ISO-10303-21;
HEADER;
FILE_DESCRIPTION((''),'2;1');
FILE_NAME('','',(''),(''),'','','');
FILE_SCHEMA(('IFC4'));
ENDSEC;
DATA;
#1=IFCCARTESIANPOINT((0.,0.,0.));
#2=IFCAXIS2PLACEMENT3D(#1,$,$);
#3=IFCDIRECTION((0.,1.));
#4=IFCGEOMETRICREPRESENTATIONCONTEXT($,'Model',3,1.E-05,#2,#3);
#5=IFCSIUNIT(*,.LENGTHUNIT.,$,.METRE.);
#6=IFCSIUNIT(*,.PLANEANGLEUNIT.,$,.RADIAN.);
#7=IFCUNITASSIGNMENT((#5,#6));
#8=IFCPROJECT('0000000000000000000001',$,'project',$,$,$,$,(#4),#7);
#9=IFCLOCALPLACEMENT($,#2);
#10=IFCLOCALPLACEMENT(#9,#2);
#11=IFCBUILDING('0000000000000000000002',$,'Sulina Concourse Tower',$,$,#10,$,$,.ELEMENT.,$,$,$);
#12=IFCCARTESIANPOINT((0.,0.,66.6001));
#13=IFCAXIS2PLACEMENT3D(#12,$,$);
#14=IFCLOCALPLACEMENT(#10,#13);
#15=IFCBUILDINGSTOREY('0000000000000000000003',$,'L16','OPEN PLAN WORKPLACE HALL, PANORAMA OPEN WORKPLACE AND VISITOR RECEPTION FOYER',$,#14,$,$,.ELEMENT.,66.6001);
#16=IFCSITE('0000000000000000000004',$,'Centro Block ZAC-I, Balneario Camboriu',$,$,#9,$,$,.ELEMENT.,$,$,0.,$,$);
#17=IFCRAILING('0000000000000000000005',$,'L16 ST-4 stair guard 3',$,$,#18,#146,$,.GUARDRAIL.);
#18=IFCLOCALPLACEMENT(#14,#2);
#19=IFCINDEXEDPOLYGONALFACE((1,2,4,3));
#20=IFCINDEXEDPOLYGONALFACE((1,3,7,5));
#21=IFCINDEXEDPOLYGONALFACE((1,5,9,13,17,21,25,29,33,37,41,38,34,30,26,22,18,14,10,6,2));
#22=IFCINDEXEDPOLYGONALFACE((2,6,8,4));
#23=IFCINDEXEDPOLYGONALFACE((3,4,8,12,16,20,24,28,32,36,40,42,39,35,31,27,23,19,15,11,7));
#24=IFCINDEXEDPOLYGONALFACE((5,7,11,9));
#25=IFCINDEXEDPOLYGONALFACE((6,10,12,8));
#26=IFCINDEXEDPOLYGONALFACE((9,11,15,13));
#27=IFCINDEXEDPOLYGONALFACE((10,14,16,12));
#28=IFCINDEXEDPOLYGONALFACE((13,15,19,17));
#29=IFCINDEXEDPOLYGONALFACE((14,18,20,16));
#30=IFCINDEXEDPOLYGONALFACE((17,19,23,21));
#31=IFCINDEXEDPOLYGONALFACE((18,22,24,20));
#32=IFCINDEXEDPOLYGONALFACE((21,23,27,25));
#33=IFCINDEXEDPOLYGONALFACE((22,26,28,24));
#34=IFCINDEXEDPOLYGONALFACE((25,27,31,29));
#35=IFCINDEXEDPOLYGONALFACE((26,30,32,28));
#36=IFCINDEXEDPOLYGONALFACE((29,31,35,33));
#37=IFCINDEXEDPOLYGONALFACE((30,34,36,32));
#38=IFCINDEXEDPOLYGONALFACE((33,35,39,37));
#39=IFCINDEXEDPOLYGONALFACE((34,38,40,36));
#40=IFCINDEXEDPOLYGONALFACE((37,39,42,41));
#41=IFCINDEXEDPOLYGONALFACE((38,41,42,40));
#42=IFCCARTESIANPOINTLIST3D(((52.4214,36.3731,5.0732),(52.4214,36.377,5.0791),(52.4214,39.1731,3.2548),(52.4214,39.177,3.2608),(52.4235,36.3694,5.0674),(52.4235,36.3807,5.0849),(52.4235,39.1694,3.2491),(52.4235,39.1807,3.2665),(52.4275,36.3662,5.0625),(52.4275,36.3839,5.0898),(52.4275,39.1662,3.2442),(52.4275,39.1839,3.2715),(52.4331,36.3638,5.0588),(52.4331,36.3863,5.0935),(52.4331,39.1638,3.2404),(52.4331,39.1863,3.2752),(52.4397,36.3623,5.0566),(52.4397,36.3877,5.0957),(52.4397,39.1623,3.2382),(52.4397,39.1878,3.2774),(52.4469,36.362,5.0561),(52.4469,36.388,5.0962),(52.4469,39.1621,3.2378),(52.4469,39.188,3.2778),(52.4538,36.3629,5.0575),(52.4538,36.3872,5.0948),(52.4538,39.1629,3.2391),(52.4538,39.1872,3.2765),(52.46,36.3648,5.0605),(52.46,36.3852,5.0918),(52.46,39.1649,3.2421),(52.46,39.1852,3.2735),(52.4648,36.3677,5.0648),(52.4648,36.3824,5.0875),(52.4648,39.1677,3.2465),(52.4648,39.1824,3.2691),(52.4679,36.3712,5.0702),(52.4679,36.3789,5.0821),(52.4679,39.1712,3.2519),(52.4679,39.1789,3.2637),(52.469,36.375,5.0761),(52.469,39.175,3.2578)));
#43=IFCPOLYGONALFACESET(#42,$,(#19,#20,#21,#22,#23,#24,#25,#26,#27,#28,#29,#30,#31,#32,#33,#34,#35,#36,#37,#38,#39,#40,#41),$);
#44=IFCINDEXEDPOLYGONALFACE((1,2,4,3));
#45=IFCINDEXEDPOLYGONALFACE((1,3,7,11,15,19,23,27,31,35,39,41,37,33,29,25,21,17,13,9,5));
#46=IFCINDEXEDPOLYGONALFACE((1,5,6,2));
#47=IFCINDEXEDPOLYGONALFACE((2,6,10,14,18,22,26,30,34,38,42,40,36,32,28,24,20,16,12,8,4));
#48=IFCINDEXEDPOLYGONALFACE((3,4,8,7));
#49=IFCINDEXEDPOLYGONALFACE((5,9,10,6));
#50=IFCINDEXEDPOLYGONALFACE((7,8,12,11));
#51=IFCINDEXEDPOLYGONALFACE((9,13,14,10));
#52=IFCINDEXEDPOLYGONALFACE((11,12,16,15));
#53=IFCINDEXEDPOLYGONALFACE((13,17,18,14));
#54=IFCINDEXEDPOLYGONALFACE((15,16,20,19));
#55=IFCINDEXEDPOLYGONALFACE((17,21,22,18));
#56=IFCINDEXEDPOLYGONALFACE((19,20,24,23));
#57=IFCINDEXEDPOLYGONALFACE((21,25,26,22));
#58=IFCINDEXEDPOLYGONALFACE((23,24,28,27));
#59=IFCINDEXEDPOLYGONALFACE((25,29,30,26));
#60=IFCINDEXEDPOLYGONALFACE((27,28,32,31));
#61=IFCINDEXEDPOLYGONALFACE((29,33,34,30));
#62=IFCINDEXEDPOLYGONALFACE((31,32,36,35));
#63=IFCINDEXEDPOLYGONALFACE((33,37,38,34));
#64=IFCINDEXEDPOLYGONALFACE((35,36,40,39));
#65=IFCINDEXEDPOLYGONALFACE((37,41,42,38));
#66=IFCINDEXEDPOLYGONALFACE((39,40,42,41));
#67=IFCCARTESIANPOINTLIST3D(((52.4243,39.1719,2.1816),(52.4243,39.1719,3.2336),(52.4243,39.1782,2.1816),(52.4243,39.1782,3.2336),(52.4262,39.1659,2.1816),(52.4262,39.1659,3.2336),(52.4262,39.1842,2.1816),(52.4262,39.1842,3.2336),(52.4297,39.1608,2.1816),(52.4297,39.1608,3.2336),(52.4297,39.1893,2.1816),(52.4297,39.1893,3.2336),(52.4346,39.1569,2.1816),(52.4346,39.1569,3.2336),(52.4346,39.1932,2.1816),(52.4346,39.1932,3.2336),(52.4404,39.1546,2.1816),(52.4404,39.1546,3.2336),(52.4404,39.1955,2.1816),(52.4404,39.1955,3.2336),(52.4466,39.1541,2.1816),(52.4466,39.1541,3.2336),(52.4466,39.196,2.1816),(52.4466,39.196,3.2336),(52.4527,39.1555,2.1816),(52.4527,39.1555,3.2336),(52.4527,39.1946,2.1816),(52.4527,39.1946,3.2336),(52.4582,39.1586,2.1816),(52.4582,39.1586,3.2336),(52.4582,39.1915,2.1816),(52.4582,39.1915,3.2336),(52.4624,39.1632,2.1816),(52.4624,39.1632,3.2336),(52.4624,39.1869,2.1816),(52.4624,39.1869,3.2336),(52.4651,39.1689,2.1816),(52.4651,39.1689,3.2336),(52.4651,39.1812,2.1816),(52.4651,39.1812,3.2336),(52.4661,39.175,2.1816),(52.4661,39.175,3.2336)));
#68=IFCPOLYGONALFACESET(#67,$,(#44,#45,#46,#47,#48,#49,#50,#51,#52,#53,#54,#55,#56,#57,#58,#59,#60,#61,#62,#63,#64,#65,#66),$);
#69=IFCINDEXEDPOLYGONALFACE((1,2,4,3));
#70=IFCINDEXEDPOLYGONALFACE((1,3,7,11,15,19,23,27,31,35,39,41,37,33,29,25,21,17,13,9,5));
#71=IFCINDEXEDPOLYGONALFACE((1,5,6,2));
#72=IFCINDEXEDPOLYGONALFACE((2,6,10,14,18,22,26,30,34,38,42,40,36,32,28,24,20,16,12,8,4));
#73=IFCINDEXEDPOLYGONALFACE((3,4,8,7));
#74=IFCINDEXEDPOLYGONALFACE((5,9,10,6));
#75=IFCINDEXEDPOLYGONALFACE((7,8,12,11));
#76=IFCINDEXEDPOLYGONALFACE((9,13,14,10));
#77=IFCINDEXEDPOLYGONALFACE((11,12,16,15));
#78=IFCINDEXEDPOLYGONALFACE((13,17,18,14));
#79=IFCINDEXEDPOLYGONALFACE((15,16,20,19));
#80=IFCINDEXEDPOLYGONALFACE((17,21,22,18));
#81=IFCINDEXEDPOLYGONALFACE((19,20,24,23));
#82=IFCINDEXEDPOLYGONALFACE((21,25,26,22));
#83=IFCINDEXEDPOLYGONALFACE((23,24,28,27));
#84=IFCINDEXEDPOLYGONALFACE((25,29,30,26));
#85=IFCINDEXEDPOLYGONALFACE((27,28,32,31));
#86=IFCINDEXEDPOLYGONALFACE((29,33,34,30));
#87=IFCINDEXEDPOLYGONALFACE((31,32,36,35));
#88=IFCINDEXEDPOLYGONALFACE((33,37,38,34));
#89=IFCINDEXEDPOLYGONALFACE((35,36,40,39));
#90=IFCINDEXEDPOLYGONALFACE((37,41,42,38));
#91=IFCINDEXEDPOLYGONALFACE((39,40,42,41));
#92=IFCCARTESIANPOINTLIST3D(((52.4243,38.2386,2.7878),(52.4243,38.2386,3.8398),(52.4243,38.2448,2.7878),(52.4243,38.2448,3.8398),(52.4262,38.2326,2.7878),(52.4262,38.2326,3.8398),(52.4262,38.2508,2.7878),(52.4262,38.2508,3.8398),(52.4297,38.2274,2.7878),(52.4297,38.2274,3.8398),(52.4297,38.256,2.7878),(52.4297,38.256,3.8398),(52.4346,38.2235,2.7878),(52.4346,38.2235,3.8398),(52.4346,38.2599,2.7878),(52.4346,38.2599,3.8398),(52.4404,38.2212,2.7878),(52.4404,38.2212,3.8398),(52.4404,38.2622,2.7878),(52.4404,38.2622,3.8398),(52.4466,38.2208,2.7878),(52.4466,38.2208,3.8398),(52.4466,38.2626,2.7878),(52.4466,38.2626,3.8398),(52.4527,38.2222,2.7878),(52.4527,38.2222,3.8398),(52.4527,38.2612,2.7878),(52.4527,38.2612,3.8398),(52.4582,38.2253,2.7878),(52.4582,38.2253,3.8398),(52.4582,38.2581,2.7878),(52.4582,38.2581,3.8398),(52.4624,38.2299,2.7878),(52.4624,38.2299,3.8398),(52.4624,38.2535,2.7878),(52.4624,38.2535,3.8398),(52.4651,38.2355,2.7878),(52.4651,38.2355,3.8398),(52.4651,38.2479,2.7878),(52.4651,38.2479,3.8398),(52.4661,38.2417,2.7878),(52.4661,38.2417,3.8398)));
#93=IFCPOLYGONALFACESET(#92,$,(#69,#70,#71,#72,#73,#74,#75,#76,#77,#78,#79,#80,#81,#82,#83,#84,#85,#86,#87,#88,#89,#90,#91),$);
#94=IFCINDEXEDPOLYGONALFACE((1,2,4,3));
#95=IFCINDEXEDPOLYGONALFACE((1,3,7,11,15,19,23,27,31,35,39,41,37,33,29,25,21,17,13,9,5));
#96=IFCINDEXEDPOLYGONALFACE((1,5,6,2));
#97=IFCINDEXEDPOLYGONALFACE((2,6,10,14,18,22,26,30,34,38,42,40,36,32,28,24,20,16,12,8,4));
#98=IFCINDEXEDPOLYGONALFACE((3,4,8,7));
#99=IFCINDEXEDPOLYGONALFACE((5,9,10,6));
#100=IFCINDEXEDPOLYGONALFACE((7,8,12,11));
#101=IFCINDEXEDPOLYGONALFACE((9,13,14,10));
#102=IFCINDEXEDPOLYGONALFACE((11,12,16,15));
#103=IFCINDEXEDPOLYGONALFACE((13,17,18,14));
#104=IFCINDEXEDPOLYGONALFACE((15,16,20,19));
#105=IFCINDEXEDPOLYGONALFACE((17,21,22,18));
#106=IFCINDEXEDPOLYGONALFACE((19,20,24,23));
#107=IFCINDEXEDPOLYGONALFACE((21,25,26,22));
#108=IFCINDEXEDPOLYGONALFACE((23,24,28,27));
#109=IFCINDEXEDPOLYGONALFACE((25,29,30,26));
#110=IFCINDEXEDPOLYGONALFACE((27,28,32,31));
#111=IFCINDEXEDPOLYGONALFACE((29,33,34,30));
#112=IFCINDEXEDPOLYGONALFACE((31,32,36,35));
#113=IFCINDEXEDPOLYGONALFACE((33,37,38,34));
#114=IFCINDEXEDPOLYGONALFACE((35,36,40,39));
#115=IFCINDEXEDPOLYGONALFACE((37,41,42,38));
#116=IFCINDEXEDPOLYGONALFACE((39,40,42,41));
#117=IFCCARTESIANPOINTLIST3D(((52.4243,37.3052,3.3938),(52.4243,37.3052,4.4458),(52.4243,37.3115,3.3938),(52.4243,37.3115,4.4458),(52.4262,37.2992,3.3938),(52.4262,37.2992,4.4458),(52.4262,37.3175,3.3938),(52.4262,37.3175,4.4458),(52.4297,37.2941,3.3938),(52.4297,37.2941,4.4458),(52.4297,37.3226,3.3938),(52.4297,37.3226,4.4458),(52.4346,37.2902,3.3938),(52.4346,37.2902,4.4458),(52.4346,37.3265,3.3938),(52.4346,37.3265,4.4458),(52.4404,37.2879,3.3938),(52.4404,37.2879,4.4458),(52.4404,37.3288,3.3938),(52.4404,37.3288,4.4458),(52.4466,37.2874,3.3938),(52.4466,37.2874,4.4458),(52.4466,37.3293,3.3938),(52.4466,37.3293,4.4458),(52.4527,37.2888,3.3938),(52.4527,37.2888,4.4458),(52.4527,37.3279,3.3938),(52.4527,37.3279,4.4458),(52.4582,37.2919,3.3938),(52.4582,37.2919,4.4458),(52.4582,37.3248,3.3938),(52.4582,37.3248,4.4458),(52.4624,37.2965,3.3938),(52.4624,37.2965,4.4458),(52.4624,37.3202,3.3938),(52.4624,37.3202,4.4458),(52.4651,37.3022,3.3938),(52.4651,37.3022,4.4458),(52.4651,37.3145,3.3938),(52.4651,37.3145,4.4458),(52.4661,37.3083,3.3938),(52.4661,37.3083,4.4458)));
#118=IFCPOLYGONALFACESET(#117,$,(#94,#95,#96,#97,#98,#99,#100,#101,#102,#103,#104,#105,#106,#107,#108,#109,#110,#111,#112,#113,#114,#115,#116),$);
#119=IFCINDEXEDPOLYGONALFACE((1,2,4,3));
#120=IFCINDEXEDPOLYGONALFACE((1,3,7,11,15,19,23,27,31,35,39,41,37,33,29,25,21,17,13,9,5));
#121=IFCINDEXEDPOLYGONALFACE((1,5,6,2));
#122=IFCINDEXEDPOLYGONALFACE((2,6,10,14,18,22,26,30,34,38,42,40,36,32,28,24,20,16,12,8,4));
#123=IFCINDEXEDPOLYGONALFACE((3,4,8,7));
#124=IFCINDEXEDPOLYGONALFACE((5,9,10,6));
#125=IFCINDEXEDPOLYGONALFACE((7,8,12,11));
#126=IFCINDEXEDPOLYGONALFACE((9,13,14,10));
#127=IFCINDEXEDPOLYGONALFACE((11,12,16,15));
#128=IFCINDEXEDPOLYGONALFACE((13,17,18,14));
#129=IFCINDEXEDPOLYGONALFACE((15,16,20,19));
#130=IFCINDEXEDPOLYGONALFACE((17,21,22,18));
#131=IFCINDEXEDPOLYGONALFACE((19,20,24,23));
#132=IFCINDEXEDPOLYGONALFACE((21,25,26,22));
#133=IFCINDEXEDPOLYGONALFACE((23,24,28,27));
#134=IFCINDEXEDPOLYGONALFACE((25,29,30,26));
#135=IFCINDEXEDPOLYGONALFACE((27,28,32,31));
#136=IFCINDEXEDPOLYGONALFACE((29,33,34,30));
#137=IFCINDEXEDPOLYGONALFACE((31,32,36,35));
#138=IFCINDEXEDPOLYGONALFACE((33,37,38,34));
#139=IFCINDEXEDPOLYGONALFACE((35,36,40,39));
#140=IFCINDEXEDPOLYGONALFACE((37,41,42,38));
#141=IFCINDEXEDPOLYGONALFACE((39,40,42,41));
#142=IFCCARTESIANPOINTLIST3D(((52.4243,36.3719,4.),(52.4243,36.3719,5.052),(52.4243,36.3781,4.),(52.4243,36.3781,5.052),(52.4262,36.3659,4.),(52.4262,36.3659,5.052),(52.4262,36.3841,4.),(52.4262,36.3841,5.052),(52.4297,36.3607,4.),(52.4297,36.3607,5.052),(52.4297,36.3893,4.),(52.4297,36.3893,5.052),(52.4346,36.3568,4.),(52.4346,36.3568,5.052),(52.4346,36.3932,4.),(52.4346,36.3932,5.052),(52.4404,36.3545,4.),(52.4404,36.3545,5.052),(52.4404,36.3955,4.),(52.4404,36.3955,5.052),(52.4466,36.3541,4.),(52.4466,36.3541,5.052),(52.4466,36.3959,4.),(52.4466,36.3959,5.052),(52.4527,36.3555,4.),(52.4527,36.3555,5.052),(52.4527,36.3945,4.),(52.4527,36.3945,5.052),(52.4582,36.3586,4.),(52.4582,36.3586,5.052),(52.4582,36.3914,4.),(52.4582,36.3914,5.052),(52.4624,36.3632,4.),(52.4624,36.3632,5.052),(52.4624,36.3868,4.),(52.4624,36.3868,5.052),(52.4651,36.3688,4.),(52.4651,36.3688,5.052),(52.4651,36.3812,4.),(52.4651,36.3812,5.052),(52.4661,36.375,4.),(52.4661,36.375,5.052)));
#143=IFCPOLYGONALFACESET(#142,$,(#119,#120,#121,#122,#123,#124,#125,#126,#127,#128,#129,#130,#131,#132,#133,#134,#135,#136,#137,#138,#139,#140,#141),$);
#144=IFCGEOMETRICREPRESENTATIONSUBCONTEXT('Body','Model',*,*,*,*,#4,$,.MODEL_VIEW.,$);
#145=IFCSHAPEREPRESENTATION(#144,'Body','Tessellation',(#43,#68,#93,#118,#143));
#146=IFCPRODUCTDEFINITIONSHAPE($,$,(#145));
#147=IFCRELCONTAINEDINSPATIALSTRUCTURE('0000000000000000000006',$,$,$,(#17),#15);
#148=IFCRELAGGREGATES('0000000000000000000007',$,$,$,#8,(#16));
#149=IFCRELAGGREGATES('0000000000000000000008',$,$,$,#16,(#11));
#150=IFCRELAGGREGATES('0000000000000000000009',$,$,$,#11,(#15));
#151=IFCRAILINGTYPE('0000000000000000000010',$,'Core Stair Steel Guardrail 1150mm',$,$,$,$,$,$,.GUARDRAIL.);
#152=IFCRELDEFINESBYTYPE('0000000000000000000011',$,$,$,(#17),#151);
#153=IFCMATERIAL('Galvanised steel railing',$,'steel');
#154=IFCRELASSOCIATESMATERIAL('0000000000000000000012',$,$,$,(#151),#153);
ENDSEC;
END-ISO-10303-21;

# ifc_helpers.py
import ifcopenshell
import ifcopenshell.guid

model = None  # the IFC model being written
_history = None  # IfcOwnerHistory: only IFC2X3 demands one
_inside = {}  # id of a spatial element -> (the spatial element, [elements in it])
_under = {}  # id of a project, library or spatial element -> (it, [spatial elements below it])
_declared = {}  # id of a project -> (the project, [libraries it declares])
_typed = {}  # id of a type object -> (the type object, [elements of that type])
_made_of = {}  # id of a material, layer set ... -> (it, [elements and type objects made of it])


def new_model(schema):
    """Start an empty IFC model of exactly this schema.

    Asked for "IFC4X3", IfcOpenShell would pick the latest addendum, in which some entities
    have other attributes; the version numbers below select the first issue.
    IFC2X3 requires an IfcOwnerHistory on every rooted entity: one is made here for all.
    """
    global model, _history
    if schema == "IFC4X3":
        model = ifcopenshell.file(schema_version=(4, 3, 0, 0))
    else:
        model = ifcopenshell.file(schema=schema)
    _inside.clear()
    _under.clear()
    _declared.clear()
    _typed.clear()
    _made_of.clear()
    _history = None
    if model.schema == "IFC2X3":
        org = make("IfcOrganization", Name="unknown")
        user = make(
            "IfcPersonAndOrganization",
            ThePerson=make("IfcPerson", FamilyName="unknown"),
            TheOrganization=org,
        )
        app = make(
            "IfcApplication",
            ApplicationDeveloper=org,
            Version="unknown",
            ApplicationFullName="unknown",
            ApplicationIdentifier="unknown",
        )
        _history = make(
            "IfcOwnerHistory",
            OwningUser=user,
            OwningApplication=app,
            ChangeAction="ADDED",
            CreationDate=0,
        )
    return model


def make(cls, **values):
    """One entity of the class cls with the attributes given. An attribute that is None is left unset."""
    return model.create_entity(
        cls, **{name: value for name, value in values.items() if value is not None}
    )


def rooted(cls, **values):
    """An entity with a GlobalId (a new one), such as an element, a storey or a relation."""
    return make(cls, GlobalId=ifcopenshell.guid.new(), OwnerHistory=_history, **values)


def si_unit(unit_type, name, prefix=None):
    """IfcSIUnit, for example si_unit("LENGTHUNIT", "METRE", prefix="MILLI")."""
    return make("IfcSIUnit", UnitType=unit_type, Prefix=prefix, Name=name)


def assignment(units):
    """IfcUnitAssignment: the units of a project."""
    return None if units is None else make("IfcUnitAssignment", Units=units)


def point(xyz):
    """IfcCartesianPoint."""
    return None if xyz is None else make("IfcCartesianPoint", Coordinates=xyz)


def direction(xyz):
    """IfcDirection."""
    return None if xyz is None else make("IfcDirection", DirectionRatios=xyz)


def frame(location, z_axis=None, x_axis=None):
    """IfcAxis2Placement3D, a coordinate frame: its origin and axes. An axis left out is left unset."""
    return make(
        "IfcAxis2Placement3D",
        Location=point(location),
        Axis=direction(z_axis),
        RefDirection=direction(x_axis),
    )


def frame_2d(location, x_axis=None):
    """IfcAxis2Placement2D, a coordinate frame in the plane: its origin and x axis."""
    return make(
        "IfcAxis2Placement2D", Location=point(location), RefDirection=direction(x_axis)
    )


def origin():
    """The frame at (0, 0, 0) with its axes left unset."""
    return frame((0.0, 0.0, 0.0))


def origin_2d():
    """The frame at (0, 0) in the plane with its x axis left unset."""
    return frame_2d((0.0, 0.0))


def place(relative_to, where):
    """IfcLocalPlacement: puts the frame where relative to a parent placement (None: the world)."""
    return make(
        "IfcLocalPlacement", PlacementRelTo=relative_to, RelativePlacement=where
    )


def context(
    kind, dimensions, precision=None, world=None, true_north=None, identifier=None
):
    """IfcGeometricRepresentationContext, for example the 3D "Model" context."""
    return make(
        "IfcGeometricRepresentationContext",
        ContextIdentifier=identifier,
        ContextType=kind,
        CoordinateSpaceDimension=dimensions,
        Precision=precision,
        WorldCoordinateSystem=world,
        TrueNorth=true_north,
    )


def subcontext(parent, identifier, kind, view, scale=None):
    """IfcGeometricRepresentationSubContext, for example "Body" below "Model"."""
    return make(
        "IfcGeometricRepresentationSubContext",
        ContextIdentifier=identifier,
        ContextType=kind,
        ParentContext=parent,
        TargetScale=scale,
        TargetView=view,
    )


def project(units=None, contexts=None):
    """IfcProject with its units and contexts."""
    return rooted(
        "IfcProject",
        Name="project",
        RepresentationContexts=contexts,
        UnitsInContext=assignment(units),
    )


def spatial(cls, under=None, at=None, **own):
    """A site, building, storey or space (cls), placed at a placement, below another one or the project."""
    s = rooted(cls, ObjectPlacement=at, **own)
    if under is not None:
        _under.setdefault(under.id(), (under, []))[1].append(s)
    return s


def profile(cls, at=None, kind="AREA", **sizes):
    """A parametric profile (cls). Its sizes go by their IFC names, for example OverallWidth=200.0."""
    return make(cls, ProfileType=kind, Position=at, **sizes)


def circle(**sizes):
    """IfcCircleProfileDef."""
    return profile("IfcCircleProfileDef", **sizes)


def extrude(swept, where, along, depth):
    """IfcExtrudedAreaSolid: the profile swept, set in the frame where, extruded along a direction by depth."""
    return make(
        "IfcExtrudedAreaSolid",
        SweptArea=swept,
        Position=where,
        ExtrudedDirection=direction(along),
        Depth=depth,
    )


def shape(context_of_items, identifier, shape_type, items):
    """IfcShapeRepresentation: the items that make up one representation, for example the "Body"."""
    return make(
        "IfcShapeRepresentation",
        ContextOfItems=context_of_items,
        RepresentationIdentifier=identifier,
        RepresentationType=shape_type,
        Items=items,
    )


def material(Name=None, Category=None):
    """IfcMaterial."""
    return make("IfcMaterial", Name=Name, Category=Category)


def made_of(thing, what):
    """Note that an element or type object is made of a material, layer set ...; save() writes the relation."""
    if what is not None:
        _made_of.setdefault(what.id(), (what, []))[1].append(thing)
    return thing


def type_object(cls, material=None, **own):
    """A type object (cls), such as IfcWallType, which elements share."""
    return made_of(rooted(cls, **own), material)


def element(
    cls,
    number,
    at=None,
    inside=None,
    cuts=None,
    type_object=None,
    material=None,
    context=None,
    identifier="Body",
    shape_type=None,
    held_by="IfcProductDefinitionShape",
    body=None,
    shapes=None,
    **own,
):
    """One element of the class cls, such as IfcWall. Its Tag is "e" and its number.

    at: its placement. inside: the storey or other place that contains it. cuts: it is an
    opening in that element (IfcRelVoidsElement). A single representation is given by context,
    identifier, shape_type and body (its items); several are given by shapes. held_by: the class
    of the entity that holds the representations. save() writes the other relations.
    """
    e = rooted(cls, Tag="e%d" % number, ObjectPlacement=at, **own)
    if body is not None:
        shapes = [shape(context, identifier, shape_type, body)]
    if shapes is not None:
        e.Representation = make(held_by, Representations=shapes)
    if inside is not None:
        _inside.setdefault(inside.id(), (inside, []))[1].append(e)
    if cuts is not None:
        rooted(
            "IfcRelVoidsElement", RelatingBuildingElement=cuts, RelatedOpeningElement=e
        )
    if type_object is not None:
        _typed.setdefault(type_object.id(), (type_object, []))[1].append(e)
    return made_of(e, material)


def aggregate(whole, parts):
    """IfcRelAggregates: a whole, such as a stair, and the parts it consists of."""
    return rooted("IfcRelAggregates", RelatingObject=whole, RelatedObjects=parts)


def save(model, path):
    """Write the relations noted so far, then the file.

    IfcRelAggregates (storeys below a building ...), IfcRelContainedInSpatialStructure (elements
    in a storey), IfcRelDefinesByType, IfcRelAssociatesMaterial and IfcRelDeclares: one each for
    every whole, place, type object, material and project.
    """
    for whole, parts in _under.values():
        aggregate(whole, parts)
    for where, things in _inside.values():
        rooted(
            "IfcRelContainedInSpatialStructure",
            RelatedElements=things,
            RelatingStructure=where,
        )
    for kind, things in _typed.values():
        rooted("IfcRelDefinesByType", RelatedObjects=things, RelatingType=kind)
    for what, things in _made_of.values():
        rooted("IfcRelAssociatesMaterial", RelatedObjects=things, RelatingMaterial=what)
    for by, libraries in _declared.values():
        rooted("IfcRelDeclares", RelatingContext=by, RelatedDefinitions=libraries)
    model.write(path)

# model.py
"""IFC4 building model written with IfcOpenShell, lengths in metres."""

from ifc_helpers import new_model, si_unit, direction, frame, origin, origin_2d, place, context, subcontext, project, spatial, circle, extrude, material, type_object, element, save


model = new_model("IFC4")

# Units and contexts
model_context = context("Model", 3, precision=1e-05, world=origin(), true_north=direction((0.0, 1.0)))
body_context = subcontext(model_context, "Body", "Model", "MODEL_VIEW")
ifc_project = project(units=[si_unit("LENGTHUNIT", "METRE"), si_unit("PLANEANGLEUNIT", "RADIAN")], contexts=[model_context])

# Site, building, storey
site_placement = place(None, origin())
site = spatial("IfcSite", under=ifc_project, at=site_placement, Name="Centro Block ZAC-I, Balneario Camboriu", CompositionType="ELEMENT", RefElevation=0.0)
building_placement = place(site_placement, origin())
building = spatial("IfcBuilding", under=site, at=building_placement, Name="Sulina Concourse Tower", CompositionType="ELEMENT")
storey_placement = place(building_placement, frame((0.0, 0.0, 66.6001)))
storey = spatial("IfcBuildingStorey", under=building, at=storey_placement, Name="L16", Description="OPEN PLAN WORKPLACE HALL, PANORAMA OPEN WORKPLACE AND VISITOR RECEPTION FOYER", CompositionType="ELEMENT", Elevation=66.6001)

# Railing
ifc_material_1 = material(Name="Galvanised steel railing", Category="steel")
railing_type_1 = type_object("IfcRailingType", Name="Core Stair Steel Guardrail 1150mm", PredefinedType="GUARDRAIL", material=ifc_material_1)
railing_1_placement = place(storey_placement, frame((52.4451, 39.175, 2.1816)))
element("IfcRailing", 1, at=railing_1_placement, inside=storey, type_object=railing_type_1, Name="L16 ST-4 stair guard 3", PredefinedType="GUARDRAIL", context=body_context, shape_type="SweptSolid", body=[
    extrude(circle(Radius=0.0239, at=origin_2d()), frame((0.0, 0.0, 1.0762), z_axis=(0.0, -0.838672, 0.544636), x_axis=(1.0, 0.0, 0.0)), (0.0, 0.0, 1.0), 3.3386),
    extrude(circle(Radius=0.021, at=origin_2d()), origin(), (0.0, 0.0, 1.0), 1.052),
    extrude(circle(Radius=0.021, at=origin_2d()), frame((0.0, -0.9333, 0.6062)), (0.0, 0.0, 1.0), 1.052),
    extrude(circle(Radius=0.021, at=origin_2d()), frame((0.0, -1.8667, 1.2122)), (0.0, 0.0, 1.0), 1.052),
    extrude(circle(Radius=0.021, at=origin_2d()), frame((0.0, -2.8, 1.8184)), (0.0, 0.0, 1.0), 1.052),
])

save(model, "model.ifc")
